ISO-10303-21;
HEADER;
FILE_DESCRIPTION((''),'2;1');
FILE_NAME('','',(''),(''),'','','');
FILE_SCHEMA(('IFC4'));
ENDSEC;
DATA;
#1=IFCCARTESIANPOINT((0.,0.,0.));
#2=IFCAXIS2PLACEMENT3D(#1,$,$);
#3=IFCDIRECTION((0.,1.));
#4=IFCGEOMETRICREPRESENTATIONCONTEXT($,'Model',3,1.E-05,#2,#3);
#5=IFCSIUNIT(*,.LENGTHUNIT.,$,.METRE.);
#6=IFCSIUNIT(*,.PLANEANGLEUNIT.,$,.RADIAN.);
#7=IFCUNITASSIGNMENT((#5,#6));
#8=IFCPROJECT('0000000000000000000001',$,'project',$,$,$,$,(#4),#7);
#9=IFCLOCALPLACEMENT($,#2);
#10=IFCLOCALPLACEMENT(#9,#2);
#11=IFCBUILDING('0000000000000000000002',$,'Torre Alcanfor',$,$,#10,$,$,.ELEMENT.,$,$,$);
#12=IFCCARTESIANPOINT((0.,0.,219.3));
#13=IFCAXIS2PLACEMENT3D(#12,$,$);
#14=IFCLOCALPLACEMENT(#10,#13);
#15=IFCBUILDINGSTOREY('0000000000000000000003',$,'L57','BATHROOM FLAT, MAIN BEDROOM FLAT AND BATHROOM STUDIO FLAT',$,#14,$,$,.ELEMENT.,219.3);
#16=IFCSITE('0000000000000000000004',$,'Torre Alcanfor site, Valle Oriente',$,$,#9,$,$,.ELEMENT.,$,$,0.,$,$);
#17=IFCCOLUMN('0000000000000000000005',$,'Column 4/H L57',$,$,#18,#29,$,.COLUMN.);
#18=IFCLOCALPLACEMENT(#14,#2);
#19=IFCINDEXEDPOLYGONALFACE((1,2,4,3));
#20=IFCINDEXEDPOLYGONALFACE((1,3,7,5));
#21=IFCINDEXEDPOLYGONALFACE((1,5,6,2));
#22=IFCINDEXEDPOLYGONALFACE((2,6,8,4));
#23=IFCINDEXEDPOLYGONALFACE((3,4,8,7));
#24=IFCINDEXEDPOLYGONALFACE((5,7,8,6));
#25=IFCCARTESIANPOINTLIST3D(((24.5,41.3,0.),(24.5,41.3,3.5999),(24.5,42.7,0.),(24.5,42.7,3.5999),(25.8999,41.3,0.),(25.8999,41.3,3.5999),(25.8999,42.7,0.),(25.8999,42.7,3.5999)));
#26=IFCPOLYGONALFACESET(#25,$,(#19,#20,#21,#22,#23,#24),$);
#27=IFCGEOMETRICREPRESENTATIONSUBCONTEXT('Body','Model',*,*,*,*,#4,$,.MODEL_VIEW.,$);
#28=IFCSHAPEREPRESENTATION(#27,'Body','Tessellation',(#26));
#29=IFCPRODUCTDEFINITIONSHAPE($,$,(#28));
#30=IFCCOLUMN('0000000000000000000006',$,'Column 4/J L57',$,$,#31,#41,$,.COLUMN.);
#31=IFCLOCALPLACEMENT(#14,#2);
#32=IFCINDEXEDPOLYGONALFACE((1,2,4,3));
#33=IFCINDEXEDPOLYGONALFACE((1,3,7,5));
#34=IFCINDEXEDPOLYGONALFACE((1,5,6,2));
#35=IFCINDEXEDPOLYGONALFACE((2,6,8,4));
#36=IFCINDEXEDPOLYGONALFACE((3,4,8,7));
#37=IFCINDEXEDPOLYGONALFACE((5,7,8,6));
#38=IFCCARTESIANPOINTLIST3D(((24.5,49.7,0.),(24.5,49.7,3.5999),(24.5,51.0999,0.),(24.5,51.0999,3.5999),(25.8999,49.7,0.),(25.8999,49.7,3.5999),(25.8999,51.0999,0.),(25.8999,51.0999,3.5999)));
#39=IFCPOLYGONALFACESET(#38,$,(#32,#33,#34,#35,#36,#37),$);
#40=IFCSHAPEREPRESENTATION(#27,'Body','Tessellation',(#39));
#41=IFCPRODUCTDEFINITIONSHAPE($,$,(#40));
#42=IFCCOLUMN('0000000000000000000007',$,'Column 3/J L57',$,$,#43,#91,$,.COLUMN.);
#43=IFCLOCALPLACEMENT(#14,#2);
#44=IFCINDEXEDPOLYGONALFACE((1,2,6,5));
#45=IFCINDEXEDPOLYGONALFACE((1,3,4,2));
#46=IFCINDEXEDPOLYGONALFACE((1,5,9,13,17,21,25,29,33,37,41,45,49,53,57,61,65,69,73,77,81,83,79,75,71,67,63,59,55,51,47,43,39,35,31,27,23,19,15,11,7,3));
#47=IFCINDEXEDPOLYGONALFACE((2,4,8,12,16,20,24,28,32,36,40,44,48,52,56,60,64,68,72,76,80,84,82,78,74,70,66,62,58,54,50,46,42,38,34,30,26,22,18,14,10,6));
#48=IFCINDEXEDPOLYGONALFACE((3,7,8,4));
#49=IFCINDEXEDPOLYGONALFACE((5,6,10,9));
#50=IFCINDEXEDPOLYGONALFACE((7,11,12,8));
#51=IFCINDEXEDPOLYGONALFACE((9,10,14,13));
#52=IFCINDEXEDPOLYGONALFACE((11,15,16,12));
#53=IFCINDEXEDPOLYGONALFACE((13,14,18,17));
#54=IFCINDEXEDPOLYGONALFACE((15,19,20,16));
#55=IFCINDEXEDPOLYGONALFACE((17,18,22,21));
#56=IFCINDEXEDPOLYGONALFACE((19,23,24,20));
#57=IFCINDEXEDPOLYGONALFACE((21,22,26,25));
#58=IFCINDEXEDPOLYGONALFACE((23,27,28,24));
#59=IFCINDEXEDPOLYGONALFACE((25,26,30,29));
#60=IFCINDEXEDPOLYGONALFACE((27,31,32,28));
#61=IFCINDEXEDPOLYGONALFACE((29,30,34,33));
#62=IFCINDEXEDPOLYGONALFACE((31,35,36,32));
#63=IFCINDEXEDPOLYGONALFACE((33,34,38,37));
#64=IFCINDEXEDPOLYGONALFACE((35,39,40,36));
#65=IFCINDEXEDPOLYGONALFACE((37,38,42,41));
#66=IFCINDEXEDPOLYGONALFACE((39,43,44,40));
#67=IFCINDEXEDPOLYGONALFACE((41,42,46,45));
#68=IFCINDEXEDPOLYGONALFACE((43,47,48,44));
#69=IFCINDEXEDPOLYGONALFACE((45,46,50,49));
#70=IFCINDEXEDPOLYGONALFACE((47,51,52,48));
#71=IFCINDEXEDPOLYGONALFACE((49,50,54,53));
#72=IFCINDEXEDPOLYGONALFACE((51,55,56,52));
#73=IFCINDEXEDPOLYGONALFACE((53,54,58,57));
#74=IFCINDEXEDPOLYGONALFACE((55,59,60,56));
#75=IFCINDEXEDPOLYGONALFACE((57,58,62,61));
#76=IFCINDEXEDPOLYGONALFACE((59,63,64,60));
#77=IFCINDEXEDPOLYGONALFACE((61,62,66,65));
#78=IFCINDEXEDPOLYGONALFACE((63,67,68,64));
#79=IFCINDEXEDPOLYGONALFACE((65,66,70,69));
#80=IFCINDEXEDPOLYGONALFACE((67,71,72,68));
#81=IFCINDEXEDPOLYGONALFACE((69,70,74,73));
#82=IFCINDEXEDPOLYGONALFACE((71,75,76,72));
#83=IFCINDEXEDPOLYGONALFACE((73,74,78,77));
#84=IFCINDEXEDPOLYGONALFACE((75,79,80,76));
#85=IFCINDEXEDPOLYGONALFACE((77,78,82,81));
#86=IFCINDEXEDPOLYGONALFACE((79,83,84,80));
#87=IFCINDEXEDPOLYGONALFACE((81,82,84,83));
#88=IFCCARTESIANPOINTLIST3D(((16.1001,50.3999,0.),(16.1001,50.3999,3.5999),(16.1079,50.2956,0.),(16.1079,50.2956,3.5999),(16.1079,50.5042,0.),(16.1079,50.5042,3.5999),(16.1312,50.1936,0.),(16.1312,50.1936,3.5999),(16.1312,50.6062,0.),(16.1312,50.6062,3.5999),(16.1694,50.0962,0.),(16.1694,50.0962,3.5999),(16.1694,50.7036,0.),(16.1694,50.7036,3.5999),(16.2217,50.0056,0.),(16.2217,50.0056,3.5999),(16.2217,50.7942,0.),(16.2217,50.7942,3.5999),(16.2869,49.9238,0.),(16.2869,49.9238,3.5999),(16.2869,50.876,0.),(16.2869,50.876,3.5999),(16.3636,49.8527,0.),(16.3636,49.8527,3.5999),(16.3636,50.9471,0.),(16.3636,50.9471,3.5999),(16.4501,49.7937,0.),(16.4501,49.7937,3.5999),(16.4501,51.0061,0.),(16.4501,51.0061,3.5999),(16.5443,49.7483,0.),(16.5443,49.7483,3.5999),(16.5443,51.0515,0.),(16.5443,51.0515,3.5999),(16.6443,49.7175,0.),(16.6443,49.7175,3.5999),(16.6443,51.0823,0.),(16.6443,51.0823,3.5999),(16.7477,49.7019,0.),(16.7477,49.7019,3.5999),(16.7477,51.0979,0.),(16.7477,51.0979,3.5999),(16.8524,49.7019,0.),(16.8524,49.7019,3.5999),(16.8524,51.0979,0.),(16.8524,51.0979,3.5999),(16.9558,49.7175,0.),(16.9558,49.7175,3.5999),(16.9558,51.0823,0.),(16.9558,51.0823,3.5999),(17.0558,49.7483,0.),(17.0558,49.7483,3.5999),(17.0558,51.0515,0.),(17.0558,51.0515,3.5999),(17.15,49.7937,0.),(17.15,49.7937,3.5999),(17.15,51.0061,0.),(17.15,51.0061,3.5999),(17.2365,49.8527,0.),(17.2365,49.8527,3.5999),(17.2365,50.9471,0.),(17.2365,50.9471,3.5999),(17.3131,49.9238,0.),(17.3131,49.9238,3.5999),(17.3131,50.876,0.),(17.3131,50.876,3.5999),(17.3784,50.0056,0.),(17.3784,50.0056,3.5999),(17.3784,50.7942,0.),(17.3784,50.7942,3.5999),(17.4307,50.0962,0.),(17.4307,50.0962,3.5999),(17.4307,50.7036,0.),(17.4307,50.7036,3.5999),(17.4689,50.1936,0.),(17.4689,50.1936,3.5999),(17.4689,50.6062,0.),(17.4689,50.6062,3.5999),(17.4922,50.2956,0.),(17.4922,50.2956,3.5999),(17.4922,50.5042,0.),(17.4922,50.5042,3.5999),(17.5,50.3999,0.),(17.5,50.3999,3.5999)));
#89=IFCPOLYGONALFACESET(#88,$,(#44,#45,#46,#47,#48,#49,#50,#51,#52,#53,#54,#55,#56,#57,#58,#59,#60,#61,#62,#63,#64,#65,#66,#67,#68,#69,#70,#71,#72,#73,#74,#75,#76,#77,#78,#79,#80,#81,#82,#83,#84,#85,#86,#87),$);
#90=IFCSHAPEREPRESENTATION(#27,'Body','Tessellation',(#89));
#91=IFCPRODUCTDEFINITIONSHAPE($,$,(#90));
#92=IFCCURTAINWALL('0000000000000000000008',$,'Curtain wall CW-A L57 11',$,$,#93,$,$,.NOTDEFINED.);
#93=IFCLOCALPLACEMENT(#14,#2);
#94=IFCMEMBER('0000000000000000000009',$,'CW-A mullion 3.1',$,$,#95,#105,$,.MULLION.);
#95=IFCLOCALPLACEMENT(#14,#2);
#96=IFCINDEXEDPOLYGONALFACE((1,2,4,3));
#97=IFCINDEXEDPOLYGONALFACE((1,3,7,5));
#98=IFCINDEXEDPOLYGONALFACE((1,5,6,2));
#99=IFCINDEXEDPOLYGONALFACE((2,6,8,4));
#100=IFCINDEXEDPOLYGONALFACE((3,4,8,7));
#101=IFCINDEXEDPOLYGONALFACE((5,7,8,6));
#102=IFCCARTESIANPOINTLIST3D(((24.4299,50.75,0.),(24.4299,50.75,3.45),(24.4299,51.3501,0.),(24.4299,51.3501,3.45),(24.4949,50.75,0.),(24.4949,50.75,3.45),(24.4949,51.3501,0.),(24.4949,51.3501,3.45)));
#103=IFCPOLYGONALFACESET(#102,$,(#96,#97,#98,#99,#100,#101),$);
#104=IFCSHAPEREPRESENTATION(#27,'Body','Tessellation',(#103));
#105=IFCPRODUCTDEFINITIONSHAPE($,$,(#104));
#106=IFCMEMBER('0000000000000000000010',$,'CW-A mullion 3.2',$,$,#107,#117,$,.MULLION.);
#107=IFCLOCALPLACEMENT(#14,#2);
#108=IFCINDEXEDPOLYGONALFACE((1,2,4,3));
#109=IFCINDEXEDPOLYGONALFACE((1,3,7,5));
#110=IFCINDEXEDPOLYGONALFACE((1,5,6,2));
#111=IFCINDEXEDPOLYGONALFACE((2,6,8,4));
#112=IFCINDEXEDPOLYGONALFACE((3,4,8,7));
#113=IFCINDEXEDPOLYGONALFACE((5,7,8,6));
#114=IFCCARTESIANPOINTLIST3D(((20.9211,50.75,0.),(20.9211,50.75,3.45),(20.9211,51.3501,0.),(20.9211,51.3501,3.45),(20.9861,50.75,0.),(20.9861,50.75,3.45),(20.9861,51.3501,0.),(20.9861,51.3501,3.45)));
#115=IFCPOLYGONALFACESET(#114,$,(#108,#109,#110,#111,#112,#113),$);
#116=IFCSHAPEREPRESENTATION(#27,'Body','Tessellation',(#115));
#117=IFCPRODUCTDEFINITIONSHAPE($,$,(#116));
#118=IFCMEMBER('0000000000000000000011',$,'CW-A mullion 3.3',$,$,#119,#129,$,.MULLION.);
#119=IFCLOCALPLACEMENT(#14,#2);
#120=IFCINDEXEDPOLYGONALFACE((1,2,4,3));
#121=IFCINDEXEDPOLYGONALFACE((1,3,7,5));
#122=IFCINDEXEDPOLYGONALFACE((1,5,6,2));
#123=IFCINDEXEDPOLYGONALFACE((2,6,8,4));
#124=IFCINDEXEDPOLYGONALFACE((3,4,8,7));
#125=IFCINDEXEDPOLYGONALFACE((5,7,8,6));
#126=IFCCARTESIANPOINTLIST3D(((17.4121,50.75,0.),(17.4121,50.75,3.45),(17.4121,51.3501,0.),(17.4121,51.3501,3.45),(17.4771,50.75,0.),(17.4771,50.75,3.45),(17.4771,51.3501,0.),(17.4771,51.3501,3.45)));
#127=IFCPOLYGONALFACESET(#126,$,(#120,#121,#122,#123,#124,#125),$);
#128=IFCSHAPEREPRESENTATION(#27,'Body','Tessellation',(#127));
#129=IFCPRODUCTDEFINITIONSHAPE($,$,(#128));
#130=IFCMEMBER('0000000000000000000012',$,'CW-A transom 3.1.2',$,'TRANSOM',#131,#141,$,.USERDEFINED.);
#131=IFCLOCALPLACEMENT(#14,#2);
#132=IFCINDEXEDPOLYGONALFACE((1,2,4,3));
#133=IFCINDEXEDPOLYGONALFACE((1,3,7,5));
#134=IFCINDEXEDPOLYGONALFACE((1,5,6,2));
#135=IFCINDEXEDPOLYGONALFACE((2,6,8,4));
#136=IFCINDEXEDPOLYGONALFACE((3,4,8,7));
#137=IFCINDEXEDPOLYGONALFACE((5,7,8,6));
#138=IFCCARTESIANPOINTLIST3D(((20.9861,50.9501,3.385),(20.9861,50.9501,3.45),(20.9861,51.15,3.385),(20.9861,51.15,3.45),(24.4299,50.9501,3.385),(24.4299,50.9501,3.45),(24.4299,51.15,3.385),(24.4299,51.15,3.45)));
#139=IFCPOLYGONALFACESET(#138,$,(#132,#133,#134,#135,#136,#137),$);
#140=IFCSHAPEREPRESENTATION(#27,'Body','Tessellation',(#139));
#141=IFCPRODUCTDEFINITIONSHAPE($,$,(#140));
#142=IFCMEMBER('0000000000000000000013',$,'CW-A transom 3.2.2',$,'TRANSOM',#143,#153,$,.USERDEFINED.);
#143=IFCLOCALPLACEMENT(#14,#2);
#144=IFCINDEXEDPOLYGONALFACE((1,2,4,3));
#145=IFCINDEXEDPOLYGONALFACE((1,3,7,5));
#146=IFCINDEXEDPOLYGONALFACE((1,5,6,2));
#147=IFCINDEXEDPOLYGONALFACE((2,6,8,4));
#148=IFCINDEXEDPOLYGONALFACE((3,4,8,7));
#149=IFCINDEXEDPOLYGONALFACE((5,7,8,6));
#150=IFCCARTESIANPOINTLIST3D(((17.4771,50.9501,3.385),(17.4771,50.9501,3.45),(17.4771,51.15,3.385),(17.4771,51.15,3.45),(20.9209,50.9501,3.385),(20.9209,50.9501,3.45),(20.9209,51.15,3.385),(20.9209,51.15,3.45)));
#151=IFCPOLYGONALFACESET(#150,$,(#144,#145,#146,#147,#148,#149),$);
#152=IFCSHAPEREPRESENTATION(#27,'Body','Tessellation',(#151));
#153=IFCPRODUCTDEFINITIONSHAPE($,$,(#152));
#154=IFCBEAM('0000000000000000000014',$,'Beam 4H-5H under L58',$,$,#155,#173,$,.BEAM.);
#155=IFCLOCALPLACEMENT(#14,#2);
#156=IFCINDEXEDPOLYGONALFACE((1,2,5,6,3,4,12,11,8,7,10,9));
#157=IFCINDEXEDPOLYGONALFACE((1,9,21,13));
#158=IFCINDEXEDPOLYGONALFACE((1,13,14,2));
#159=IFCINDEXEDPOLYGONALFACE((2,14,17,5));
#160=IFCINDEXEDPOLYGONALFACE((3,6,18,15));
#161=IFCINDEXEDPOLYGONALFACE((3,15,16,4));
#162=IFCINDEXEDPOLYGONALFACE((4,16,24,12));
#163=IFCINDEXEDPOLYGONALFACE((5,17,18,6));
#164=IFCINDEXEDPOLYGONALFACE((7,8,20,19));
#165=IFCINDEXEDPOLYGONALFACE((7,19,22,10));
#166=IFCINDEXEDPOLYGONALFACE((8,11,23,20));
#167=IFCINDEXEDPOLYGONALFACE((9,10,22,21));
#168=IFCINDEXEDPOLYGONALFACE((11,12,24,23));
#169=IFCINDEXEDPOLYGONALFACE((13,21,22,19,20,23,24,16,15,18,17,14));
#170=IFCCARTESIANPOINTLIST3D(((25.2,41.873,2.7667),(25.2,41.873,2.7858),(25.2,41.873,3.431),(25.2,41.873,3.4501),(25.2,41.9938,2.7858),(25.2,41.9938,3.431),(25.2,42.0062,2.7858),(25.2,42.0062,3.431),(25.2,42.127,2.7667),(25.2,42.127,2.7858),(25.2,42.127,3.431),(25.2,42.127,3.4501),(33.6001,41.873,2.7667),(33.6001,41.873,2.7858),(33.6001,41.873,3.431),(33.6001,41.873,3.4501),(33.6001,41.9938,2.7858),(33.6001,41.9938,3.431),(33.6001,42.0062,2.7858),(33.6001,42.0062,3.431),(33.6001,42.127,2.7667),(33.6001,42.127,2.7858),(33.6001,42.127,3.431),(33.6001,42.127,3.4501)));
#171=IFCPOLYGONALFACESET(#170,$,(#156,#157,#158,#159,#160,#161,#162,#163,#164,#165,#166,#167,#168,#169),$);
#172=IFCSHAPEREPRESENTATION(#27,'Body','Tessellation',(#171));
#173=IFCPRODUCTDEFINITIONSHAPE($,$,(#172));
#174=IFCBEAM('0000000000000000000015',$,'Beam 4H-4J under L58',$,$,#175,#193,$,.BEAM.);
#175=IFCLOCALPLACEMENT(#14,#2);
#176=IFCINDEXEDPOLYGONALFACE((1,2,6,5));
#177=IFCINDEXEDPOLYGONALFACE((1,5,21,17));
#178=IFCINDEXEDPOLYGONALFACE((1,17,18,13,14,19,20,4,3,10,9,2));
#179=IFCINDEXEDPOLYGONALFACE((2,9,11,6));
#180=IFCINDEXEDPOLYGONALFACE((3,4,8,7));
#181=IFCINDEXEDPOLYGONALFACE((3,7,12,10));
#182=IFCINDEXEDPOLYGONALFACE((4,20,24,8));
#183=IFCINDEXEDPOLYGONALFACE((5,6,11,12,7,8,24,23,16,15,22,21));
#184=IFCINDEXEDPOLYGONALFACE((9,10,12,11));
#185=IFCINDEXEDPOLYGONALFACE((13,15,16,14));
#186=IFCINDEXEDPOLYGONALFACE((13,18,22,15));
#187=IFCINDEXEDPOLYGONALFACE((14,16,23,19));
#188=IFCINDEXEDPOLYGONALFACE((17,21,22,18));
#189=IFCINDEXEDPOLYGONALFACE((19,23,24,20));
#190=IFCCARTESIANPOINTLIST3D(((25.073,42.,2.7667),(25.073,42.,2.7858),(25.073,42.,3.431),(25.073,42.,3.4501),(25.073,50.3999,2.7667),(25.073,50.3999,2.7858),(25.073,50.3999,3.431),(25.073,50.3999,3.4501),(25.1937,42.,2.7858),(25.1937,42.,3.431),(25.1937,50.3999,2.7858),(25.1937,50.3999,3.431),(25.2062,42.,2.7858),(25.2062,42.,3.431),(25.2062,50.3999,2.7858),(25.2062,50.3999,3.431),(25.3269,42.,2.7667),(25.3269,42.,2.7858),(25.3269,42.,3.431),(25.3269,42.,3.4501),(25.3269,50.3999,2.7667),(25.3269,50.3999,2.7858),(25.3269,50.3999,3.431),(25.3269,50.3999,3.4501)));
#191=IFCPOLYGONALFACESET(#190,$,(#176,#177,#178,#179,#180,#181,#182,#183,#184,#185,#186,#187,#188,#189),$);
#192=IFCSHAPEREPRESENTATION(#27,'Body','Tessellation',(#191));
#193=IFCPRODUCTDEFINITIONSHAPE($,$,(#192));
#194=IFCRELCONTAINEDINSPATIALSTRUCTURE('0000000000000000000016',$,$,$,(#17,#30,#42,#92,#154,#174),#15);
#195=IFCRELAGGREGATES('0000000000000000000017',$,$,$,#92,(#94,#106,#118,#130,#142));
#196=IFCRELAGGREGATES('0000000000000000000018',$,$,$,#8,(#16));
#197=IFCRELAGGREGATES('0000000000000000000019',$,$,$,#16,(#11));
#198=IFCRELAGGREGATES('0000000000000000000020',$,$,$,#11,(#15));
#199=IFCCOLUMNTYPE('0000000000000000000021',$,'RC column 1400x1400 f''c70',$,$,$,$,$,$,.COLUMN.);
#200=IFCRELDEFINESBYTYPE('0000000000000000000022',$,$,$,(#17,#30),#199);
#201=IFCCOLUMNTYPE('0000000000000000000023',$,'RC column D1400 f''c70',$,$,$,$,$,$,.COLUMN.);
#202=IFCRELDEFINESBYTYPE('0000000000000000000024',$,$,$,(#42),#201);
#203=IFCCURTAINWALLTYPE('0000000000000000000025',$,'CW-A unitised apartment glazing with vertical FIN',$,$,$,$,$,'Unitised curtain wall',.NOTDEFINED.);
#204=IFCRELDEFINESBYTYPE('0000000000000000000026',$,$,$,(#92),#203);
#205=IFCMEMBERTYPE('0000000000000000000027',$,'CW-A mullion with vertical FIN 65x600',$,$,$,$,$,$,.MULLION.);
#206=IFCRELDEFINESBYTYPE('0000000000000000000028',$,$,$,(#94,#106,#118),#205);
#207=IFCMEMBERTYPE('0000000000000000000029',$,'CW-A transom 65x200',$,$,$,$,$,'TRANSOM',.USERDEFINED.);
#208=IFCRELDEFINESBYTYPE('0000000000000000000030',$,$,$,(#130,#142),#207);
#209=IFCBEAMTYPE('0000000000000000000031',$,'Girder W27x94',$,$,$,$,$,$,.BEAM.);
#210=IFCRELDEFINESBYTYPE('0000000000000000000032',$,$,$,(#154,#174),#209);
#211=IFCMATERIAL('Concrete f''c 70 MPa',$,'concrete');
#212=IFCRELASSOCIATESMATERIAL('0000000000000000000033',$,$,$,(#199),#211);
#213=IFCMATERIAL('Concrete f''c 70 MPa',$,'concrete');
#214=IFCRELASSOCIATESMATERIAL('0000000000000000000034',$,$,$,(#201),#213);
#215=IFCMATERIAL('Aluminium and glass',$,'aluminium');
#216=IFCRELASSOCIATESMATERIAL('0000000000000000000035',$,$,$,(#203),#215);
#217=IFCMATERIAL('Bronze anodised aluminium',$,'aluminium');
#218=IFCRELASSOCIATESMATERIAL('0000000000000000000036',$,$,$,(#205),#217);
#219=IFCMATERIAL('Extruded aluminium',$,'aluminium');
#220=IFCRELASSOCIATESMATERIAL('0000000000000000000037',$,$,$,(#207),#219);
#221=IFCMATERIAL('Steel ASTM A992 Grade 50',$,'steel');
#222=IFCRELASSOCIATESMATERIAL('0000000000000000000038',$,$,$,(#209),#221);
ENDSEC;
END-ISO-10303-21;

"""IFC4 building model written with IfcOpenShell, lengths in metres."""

from ifc_helpers import new_model, si_unit, direction, frame, origin, origin_2d, place, context, subcontext, project, spatial, rectangle, circle, i_section, extrude, material, material_profile, profile_set, type_object, element, aggregate, save


model = new_model("IFC4")

# Units and contexts
model_context = context("Model", 3, precision=1e-05, world=origin(), true_north=direction((0.0, 1.0)))
body_context = subcontext(model_context, "Body", "Model", "MODEL_VIEW")
ifc_project = project(units=[si_unit("LENGTHUNIT", "METRE"), si_unit("PLANEANGLEUNIT", "RADIAN")], contexts=[model_context])

# Site, building, storey
site_placement = place(None, origin())
site = spatial("IfcSite", under=ifc_project, at=site_placement, Name="Torre Alcanfor site, Valle Oriente", CompositionType="ELEMENT", RefElevation=0.0)
building_placement = place(site_placement, origin())
building = spatial("IfcBuilding", under=site, at=building_placement, Name="Torre Alcanfor", CompositionType="ELEMENT")
storey_placement = place(building_placement, frame((0.0, 0.0, 219.3)))
storey = spatial("IfcBuildingStorey", under=building, at=storey_placement, Name="L57", Description="BATHROOM FLAT, MAIN BEDROOM FLAT AND BATHROOM STUDIO FLAT", CompositionType="ELEMENT", Elevation=219.3)

# Columns
ifc_material_1 = material(Name="Concrete f'c 70 MPa", Category="concrete")
ifc_material_profile_1 = material_profile(ifc_material_1, rectangle(XDim=1.3999, YDim=1.3999, at=origin_2d()), Name="1400x1400")
ifc_profile_set_1 = profile_set([ifc_material_profile_1], Name="Concrete f'c 70 MPa")
column_type_1 = type_object("IfcColumnType", Name="RC column 1400x1400 f'c70", PredefinedType="COLUMN", material=ifc_profile_set_1)
for number, where, z_axis, x_axis, name in (
    (1, (25.2, 42.0, 0.0), (0.0, 0.0, 1.0), (1.0, 0.0, 0.0), "Column 4/H L57"),
    (2, (25.2, 50.3999, 0.0), (0.0, 0.0, 1.0), (1.0, 0.0, 0.0), "Column 4/J L57"),
):
    element("IfcColumn", number, at=place(storey_placement, frame(where, z_axis=z_axis, x_axis=x_axis)), inside=storey, type_object=column_type_1, Name=name, PredefinedType="COLUMN", context=body_context, shape_type="SweptSolid", body=[
        extrude(rectangle(XDim=1.3999, YDim=1.3999, at=origin_2d()), origin(), (0.0, 0.0, 1.0), 3.5999),
    ])
ifc_material_2 = material(Name="Concrete f'c 70 MPa", Category="concrete")
ifc_material_profile_2 = material_profile(ifc_material_2, circle(Radius=0.7, at=origin_2d()), Name="D1400")
ifc_profile_set_2 = profile_set([ifc_material_profile_2], Name="Concrete f'c 70 MPa")
column_type_2 = type_object("IfcColumnType", Name="RC column D1400 f'c70", PredefinedType="COLUMN", material=ifc_profile_set_2)
column_placement = place(storey_placement, frame((16.8, 50.3999, 0.0), z_axis=(0.0, 0.0, 1.0), x_axis=(1.0, 0.0, 0.0)))
element("IfcColumn", 3, at=column_placement, inside=storey, type_object=column_type_2, Name="Column 3/J L57", PredefinedType="COLUMN", context=body_context, shape_type="SweptSolid", body=[
    extrude(circle(Radius=0.7, at=origin_2d()), origin(), (0.0, 0.0, 1.0), 3.5999),
])

# Curtain wall, members
ifc_material_3 = material(Name="Aluminium and glass", Category="aluminium")
curtain_wall_type = type_object("IfcCurtainWallType", Name="CW-A unitised apartment glazing with vertical FIN", ElementType="Unitised curtain wall", PredefinedType="NOTDEFINED", material=ifc_material_3)
curtain_wall_placement = place(storey_placement, origin())
curtain_wall = element("IfcCurtainWall", 4, at=curtain_wall_placement, inside=storey, type_object=curtain_wall_type, Name="Curtain wall CW-A L57 11", PredefinedType="NOTDEFINED")
ifc_material_4 = material(Name="Bronze anodised aluminium", Category="aluminium")
ifc_material_profile_3 = material_profile(ifc_material_4, rectangle(XDim=0.6001, YDim=0.0649, at=origin_2d()), Name="CW-A mullion 65x600")
ifc_profile_set_3 = profile_set([ifc_material_profile_3], Name="Bronze anodised aluminium")
member_type_1 = type_object("IfcMemberType", Name="CW-A mullion with vertical FIN 65x600", PredefinedType="MULLION", material=ifc_profile_set_3)
member_1_placement = place(storey_placement, frame((24.4624, 51.05, 0.0), z_axis=(0.0, 0.0, 1.0), x_axis=(0.0, -1.0, 0.0)))
member_1 = element("IfcMember", 5, at=member_1_placement, type_object=member_type_1, Name="CW-A mullion 3.1", PredefinedType="MULLION", context=body_context, shape_type="SweptSolid", body=[
    extrude(rectangle(XDim=0.6001, YDim=0.0649, at=origin_2d()), origin(), (0.0, 0.0, 1.0), 3.45),
])
member_2_placement = place(storey_placement, frame((20.9536, 51.05, 0.0), z_axis=(0.0, 0.0, 1.0), x_axis=(0.0, -1.0, 0.0)))
member_2 = element("IfcMember", 6, at=member_2_placement, type_object=member_type_1, Name="CW-A mullion 3.2", PredefinedType="MULLION", context=body_context, shape_type="SweptSolid", body=[
    extrude(rectangle(XDim=0.6001, YDim=0.0649, at=origin_2d()), origin(), (0.0, 0.0, 1.0), 3.45),
])
member_3_placement = place(storey_placement, frame((17.4446, 51.05, 0.0), z_axis=(0.0, 0.0, 1.0), x_axis=(0.0, -1.0, 0.0)))
member_3 = element("IfcMember", 7, at=member_3_placement, type_object=member_type_1, Name="CW-A mullion 3.3", PredefinedType="MULLION", context=body_context, shape_type="SweptSolid", body=[
    extrude(rectangle(XDim=0.6001, YDim=0.0649, at=origin_2d()), origin(), (0.0, 0.0, 1.0), 3.45),
])
ifc_material_5 = material(Name="Extruded aluminium", Category="aluminium")
ifc_material_profile_4 = material_profile(ifc_material_5, rectangle(XDim=0.2, YDim=0.0649, at=origin_2d()), Name="CW-A transom 200x65")
ifc_profile_set_4 = profile_set([ifc_material_profile_4], Name="Extruded aluminium")
member_type_2 = type_object("IfcMemberType", Name="CW-A transom 65x200", ElementType="TRANSOM", PredefinedType="USERDEFINED", material=ifc_profile_set_4)
member_4_placement = place(storey_placement, frame((24.4299, 51.05, 3.4175), z_axis=(-1.0, 0.0, 0.0), x_axis=(0.0, -1.0, 0.0)))
member_4 = element("IfcMember", 8, at=member_4_placement, type_object=member_type_2, Name="CW-A transom 3.1.2", ObjectType="TRANSOM", PredefinedType="USERDEFINED", context=body_context, shape_type="SweptSolid", body=[
    extrude(rectangle(XDim=0.2, YDim=0.0649, at=origin_2d()), origin(), (0.0, 0.0, 1.0), 3.4438),
])
member_5_placement = place(storey_placement, frame((20.9209, 51.05, 3.4175), z_axis=(-1.0, 0.0, 0.0), x_axis=(0.0, -1.0, 0.0)))
member_5 = element("IfcMember", 9, at=member_5_placement, type_object=member_type_2, Name="CW-A transom 3.2.2", ObjectType="TRANSOM", PredefinedType="USERDEFINED", context=body_context, shape_type="SweptSolid", body=[
    extrude(rectangle(XDim=0.2, YDim=0.0649, at=origin_2d()), origin(), (0.0, 0.0, 1.0), 3.4438),
])

# Beams
ifc_material_6 = material(Name="Steel ASTM A992 Grade 50", Category="steel")
ifc_material_profile_5 = material_profile(ifc_material_6, i_section(OverallWidth=0.2539, OverallDepth=0.6833, WebThickness=0.0125, FlangeThickness=0.019, at=origin_2d()), Name="W27x94")
ifc_profile_set_5 = profile_set([ifc_material_profile_5], Name="Steel ASTM A992 Grade 50")
beam_type_1 = type_object("IfcBeamType", Name="Girder W27x94", PredefinedType="BEAM", material=ifc_profile_set_5)
beam_1_placement = place(storey_placement, frame((25.2, 42.0, 3.1084), z_axis=(1.0, 0.0, 0.0), x_axis=(0.0, 1.0, 0.0)))
element("IfcBeam", 10, at=beam_1_placement, inside=storey, type_object=beam_type_1, Name="Beam 4H-5H under L58", PredefinedType="BEAM", context=body_context, shape_type="SweptSolid", body=[
    extrude(i_section(OverallWidth=0.2539, OverallDepth=0.6833, WebThickness=0.0125, FlangeThickness=0.019, at=origin_2d()), origin(), (0.0, 0.0, 1.0), 8.4001),
])
beam_2_placement = place(storey_placement, frame((25.2, 42.0, 3.1084), z_axis=(0.0, 1.0, 0.0), x_axis=(-1.0, 0.0, 0.0)))
element("IfcBeam", 11, at=beam_2_placement, inside=storey, type_object=beam_type_1, Name="Beam 4H-4J under L58", PredefinedType="BEAM", context=body_context, shape_type="SweptSolid", body=[
    extrude(i_section(OverallWidth=0.2539, OverallDepth=0.6833, WebThickness=0.0125, FlangeThickness=0.019, at=origin_2d()), origin(), (0.0, 0.0, 1.0), 8.3999),
])

aggregate(curtain_wall, [member_1, member_2, member_3, member_4, member_5])

save(model, "model.ifc")
